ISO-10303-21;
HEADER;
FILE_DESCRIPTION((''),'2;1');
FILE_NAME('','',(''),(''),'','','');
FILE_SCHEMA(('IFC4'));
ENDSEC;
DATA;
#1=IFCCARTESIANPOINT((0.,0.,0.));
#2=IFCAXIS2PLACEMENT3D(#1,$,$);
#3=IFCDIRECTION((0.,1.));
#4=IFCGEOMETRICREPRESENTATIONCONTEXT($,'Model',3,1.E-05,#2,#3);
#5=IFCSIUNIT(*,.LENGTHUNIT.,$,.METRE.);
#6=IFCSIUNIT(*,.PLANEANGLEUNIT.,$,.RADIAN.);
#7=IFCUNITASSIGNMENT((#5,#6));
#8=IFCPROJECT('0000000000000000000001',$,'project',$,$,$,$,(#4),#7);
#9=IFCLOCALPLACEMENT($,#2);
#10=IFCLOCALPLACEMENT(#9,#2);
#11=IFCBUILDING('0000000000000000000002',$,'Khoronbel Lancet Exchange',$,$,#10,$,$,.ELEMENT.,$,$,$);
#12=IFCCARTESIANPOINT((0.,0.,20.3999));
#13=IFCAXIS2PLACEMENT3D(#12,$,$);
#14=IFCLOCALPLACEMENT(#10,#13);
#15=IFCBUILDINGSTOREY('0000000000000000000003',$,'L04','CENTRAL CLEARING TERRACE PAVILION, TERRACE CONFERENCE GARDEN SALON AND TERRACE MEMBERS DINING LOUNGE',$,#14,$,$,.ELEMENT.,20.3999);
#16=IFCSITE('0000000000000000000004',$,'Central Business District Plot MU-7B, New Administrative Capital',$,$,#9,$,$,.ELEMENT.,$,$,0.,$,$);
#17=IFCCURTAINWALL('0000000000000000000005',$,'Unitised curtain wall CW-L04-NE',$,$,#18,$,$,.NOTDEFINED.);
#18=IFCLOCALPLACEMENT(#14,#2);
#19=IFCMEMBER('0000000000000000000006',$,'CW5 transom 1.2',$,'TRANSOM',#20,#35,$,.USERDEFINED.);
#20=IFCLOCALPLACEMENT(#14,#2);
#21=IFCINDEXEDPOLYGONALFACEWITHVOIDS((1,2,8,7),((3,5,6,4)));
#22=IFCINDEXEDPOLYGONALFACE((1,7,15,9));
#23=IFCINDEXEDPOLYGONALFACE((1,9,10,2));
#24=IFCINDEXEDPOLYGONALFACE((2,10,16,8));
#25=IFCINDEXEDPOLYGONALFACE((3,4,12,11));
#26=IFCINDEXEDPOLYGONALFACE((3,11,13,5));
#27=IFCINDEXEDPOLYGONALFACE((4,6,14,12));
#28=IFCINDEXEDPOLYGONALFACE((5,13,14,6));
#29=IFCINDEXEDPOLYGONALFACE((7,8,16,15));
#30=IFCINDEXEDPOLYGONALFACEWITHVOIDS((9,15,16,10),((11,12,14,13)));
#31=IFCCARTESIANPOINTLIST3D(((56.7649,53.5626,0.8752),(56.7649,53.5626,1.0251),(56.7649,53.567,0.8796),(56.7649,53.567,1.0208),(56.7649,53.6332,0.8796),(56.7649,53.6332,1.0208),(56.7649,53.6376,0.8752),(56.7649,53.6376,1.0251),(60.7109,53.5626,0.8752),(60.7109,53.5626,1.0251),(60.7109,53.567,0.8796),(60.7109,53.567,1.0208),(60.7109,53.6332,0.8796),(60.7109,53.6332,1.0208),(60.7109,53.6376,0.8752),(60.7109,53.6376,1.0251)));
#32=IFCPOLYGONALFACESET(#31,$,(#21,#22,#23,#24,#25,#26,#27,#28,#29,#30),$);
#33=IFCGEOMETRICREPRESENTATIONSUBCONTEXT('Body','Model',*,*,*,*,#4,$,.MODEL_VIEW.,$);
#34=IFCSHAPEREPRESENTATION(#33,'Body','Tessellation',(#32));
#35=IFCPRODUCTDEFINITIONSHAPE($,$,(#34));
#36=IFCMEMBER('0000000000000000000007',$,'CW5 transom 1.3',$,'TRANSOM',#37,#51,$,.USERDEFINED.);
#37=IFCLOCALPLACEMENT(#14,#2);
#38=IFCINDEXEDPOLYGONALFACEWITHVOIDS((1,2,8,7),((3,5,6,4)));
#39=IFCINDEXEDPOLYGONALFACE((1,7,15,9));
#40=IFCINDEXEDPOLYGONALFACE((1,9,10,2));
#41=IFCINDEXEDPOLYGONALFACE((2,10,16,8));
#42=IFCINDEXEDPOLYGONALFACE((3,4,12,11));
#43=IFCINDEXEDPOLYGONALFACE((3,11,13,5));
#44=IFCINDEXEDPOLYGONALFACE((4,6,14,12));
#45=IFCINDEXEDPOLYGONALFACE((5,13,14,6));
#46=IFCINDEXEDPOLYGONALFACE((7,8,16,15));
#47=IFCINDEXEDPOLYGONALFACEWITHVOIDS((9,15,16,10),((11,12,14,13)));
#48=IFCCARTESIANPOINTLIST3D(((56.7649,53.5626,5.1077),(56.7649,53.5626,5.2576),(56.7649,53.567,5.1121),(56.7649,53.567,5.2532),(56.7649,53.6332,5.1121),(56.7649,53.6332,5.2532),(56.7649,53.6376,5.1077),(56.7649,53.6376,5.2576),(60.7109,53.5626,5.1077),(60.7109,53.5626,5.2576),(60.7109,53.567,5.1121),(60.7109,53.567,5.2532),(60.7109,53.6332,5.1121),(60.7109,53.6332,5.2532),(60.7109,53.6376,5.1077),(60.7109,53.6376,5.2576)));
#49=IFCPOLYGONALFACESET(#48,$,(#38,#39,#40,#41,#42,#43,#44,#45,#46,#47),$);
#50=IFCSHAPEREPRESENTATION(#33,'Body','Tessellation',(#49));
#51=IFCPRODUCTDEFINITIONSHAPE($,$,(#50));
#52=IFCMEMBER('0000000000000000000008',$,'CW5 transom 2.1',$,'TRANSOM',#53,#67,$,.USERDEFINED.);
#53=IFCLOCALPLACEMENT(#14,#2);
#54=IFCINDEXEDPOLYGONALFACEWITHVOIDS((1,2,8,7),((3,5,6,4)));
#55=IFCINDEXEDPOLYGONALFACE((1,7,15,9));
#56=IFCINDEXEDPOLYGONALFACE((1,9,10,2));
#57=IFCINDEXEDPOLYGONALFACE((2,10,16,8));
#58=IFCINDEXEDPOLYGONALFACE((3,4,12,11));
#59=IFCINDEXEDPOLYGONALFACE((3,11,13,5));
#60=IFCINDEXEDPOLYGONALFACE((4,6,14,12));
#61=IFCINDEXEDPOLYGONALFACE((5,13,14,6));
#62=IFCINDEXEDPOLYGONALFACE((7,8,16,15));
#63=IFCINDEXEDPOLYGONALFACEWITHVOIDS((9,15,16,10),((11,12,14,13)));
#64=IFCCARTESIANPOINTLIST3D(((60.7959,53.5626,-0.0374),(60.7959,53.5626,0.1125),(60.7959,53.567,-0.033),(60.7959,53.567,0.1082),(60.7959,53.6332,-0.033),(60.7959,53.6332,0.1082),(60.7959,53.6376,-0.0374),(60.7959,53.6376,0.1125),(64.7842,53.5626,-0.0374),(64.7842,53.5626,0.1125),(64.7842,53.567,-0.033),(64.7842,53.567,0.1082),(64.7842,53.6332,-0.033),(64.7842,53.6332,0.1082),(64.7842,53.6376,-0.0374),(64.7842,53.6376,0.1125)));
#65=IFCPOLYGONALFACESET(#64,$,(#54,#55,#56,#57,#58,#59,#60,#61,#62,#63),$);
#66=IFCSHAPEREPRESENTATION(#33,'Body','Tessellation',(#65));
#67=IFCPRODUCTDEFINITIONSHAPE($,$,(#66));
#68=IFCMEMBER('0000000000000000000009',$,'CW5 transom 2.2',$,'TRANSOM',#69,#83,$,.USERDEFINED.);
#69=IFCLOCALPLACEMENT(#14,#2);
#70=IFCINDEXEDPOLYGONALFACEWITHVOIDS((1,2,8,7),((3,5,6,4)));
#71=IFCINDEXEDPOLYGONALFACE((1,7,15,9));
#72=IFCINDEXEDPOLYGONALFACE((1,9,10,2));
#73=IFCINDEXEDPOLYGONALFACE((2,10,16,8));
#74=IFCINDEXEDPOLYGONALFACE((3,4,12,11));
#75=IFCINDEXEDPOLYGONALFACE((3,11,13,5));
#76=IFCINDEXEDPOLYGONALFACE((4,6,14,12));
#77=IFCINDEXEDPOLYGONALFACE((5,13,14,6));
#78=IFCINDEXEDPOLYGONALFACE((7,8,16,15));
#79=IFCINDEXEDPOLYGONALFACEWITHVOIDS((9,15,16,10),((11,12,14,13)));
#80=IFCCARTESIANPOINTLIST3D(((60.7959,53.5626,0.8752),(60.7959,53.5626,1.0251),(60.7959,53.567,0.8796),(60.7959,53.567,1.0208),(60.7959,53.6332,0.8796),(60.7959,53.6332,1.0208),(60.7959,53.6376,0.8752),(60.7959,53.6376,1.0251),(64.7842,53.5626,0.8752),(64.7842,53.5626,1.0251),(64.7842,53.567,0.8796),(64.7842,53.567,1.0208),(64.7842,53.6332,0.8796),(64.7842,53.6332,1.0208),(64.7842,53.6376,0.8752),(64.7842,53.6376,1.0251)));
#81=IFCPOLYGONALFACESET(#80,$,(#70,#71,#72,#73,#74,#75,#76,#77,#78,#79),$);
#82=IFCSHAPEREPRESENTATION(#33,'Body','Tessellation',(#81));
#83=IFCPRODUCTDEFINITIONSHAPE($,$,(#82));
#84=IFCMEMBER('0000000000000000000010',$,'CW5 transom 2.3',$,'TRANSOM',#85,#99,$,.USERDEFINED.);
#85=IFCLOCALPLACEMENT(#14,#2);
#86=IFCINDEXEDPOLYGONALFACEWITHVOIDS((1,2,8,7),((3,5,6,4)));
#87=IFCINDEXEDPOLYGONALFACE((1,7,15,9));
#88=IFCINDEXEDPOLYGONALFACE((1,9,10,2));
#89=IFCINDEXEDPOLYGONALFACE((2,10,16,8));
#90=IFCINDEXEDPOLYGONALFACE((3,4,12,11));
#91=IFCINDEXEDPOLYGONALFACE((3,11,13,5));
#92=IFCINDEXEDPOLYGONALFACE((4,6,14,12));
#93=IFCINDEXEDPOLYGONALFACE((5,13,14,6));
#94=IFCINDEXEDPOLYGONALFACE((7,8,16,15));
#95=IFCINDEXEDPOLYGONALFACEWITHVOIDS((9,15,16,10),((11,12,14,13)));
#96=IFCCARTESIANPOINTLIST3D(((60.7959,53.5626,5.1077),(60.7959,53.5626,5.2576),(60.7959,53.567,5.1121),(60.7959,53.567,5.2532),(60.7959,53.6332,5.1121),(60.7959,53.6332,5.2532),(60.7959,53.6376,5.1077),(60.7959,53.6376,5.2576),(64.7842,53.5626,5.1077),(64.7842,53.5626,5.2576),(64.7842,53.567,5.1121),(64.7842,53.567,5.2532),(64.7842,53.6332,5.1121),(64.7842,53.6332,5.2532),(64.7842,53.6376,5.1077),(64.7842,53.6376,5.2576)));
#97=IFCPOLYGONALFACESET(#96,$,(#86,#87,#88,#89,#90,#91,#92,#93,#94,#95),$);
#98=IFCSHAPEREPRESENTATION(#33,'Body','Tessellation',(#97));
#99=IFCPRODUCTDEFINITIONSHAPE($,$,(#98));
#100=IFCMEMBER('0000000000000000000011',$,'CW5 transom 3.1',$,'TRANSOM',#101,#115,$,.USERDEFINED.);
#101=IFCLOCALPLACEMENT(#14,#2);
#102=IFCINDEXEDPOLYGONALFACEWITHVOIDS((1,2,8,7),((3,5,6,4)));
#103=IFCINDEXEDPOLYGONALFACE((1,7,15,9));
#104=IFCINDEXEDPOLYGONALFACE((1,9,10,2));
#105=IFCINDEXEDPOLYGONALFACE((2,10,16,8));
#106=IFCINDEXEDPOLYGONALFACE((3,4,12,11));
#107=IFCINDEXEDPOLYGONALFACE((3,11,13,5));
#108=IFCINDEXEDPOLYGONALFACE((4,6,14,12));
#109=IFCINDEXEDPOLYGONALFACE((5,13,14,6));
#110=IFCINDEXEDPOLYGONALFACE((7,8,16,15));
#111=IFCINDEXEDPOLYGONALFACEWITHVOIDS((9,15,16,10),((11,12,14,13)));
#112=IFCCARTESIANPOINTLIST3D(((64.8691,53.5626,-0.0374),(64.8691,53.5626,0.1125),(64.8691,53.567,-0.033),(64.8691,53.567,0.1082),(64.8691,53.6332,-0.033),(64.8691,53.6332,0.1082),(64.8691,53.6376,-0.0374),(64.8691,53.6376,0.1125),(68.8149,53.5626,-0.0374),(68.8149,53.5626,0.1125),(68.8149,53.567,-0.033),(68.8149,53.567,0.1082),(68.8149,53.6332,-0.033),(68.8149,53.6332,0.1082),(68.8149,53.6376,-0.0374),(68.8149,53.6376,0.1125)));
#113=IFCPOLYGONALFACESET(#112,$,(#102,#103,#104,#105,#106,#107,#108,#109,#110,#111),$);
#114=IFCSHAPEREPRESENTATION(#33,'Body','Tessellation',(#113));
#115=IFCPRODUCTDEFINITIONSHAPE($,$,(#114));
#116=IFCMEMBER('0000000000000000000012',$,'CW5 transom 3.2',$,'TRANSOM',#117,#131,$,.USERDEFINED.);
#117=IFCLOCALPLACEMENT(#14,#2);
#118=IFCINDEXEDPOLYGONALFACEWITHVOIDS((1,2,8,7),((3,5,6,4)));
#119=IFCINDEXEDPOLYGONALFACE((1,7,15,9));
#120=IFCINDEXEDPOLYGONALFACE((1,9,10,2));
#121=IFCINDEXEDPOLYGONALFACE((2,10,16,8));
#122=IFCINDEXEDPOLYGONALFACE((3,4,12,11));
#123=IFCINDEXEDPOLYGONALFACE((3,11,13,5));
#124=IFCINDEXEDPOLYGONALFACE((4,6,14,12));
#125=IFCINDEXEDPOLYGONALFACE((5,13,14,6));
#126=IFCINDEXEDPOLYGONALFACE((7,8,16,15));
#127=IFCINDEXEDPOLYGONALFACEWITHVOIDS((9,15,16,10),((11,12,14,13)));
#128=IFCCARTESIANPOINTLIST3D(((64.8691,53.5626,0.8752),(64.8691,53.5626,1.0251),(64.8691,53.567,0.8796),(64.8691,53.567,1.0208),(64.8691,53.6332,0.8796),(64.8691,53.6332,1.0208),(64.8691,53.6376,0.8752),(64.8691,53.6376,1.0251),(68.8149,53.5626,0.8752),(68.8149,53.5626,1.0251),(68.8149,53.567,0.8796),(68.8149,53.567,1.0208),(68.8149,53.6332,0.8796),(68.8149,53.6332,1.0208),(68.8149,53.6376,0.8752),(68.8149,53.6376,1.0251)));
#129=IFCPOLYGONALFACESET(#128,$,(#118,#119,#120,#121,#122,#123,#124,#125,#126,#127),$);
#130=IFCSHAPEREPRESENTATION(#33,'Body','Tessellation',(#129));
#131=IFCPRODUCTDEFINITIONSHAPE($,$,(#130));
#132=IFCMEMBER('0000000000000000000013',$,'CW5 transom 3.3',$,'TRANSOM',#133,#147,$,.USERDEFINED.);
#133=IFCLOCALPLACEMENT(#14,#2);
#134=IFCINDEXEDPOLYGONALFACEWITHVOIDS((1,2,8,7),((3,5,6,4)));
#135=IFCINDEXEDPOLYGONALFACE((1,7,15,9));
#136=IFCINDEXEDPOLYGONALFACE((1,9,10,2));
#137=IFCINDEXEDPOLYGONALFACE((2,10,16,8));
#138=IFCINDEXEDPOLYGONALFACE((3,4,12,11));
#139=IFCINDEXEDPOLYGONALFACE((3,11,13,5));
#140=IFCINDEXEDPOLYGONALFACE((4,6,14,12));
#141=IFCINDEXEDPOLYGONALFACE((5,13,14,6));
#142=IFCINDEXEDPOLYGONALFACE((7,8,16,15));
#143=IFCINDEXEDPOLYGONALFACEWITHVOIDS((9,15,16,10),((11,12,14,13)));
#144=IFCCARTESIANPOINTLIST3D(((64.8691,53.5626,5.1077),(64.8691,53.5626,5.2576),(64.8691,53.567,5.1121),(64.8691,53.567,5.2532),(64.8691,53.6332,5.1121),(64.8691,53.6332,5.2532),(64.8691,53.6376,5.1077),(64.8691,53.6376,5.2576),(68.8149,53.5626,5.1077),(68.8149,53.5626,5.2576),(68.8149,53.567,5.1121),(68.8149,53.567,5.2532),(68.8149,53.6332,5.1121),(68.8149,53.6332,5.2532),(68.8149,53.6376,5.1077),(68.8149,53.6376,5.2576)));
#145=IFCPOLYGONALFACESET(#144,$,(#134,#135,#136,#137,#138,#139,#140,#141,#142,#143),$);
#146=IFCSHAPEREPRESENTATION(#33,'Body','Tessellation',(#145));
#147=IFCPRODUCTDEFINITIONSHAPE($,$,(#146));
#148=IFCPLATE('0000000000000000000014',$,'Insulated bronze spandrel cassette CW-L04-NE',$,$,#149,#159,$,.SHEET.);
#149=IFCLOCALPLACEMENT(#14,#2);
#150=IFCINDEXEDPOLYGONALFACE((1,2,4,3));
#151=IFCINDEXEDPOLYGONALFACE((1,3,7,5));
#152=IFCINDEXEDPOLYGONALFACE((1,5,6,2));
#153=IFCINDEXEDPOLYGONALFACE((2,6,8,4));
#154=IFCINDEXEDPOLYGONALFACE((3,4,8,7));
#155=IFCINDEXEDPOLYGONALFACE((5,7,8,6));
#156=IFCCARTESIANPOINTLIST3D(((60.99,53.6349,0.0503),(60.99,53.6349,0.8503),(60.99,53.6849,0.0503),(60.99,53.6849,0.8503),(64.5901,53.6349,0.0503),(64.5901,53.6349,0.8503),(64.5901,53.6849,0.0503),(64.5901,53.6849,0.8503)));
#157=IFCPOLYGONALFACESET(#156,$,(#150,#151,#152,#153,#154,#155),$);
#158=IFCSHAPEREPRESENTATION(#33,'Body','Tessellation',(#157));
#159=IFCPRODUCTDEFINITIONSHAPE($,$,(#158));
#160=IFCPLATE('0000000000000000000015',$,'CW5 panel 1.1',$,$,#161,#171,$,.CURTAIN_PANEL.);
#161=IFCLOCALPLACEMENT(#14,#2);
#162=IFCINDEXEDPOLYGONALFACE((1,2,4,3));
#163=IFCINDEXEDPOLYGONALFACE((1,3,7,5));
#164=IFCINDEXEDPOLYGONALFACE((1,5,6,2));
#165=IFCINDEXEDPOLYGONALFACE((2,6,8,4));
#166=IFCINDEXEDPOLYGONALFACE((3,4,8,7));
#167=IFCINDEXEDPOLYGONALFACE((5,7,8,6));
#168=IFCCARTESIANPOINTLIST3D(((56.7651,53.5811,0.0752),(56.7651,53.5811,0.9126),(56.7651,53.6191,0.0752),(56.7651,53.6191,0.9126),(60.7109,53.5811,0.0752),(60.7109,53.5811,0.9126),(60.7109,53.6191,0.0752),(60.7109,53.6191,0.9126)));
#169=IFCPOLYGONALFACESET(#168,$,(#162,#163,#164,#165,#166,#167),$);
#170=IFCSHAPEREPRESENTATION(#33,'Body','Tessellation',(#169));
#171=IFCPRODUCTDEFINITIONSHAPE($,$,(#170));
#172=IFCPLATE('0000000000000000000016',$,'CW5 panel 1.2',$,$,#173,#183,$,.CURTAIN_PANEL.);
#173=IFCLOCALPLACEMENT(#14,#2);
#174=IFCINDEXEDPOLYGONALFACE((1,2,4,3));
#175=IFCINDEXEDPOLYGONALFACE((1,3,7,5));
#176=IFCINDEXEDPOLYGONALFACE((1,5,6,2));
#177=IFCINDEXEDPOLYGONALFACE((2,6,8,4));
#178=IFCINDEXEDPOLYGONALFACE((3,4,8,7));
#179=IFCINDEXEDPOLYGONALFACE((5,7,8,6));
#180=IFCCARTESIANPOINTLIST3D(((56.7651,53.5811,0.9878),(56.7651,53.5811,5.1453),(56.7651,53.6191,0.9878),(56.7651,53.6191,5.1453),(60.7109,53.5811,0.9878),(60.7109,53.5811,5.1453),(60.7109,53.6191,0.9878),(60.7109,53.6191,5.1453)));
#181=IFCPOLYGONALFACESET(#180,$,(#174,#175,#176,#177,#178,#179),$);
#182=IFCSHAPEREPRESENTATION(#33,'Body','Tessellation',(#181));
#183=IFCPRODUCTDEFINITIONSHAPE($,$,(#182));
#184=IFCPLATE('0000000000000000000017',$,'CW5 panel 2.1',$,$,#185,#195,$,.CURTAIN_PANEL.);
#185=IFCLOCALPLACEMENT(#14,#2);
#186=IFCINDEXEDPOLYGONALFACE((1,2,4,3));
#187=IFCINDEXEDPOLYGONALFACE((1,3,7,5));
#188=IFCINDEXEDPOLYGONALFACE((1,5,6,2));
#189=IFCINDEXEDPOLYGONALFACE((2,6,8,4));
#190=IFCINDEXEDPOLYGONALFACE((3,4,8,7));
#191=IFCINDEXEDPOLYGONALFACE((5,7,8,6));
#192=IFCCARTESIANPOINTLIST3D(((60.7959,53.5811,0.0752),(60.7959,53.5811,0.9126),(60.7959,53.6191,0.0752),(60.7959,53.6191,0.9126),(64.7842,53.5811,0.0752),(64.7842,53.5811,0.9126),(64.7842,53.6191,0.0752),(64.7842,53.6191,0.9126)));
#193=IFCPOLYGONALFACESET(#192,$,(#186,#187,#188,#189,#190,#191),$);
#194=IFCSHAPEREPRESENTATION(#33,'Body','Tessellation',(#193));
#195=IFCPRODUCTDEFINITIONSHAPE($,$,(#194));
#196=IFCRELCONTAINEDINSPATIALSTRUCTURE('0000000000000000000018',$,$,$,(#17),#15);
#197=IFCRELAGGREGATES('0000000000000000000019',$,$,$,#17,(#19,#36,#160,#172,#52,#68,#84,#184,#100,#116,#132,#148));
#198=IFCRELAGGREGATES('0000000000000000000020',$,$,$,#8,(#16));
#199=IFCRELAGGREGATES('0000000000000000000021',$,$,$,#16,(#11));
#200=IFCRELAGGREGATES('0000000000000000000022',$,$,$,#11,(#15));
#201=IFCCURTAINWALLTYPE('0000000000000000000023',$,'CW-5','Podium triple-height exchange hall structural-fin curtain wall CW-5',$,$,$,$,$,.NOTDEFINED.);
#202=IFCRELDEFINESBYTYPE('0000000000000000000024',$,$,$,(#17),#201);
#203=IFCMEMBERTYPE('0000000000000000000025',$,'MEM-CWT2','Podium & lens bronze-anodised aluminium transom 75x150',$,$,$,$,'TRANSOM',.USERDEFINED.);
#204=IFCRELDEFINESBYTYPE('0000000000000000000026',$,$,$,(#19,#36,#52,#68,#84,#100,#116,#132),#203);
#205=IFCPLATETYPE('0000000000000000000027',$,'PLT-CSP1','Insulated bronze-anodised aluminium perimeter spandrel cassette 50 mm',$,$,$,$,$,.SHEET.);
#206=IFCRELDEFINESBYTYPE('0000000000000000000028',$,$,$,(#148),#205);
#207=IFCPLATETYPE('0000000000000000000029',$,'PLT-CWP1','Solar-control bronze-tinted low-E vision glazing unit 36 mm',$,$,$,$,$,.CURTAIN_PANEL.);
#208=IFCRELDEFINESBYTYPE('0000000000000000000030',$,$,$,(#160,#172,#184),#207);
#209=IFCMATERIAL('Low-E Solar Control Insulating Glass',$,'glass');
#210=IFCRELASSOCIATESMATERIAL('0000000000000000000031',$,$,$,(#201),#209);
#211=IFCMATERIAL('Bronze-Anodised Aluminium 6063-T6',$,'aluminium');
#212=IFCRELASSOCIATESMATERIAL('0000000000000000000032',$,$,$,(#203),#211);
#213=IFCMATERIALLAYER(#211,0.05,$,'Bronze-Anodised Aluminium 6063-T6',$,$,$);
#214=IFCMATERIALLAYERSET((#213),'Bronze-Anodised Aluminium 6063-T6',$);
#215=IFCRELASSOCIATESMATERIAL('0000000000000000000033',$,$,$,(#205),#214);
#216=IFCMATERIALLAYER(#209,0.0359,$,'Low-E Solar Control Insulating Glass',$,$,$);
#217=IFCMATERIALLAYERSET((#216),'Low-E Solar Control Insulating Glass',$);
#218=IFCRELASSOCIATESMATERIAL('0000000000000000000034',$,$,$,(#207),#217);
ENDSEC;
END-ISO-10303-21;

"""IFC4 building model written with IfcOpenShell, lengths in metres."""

from ifc_helpers import new_model, si_unit, direction, frame, origin, origin_2d, place, context, subcontext, project, spatial, rectangle, hollow_rectangle, extrude, material, layer, layer_set, material_profile, profile_set, type_object, element, aggregate, save


model = new_model("IFC4")

# Units and contexts
model_context = context("Model", 3, precision=1e-05, world=origin(), true_north=direction((0.0, 1.0)))
body_context = subcontext(model_context, "Body", "Model", "MODEL_VIEW")
ifc_project = project(units=[si_unit("LENGTHUNIT", "METRE"), si_unit("PLANEANGLEUNIT", "RADIAN")], contexts=[model_context])

# Site, building, storey
site_placement = place(None, origin())
site = spatial("IfcSite", under=ifc_project, at=site_placement, Name="Central Business District Plot MU-7B, New Administrative Capital", CompositionType="ELEMENT", RefElevation=0.0)
building_placement = place(site_placement, origin())
building = spatial("IfcBuilding", under=site, at=building_placement, Name="Khoronbel Lancet Exchange", CompositionType="ELEMENT")
storey_placement = place(building_placement, frame((0.0, 0.0, 20.3999)))
storey = spatial("IfcBuildingStorey", under=building, at=storey_placement, Name="L04", Description="CENTRAL CLEARING TERRACE PAVILION, TERRACE CONFERENCE GARDEN SALON AND TERRACE MEMBERS DINING LOUNGE", CompositionType="ELEMENT", Elevation=20.3999)

# Curtain wall, members, plates
ifc_material_1 = material(Name="Low-E Solar Control Insulating Glass", Category="glass")
curtain_wall_type = type_object("IfcCurtainWallType", Name="CW-5", Description="Podium triple-height exchange hall structural-fin curtain wall CW-5", PredefinedType="NOTDEFINED", material=ifc_material_1)
curtain_wall_placement = place(storey_placement, origin())
curtain_wall = element("IfcCurtainWall", 1, at=curtain_wall_placement, inside=storey, type_object=curtain_wall_type, Name="Unitised curtain wall CW-L04-NE", PredefinedType="NOTDEFINED")
ifc_material_2 = material(Name="Bronze-Anodised Aluminium 6063-T6", Category="aluminium")
ifc_material_profile_1 = material_profile(ifc_material_2, hollow_rectangle(XDim=0.075, YDim=0.1499, WallThickness=0.0044, at=origin_2d()), Name="ALU TRANSOM 75x150")
ifc_profile_set_1 = profile_set([ifc_material_profile_1], Name="Bronze-Anodised Aluminium 6063-T6")
member_type_1 = type_object("IfcMemberType", Name="MEM-CWT2", Description="Podium & lens bronze-anodised aluminium transom 75x150", ElementType="TRANSOM", PredefinedType="USERDEFINED", material=ifc_profile_set_1)
member_1_placement = place(storey_placement, frame((56.7649, 53.6001, 0.9502), z_axis=(1.0, 0.0, 0.0), x_axis=(0.0, 1.0, 0.0)))
member_1 = element("IfcMember", 2, at=member_1_placement, type_object=member_type_1, Name="CW5 transom 1.2", ObjectType="TRANSOM", PredefinedType="USERDEFINED", context=body_context, shape_type="SweptSolid", body=[
    extrude(hollow_rectangle(XDim=0.075, YDim=0.1499, WallThickness=0.0044, at=origin_2d()), origin(), (0.0, 0.0, 1.0), 3.946),
])
member_2_placement = place(storey_placement, frame((56.7649, 53.6001, 5.1826), z_axis=(1.0, 0.0, 0.0), x_axis=(0.0, 1.0, 0.0)))
member_2 = element("IfcMember", 3, at=member_2_placement, type_object=member_type_1, Name="CW5 transom 1.3", ObjectType="TRANSOM", PredefinedType="USERDEFINED", context=body_context, shape_type="SweptSolid", body=[
    extrude(hollow_rectangle(XDim=0.075, YDim=0.1499, WallThickness=0.0044, at=origin_2d()), origin(), (0.0, 0.0, 1.0), 3.946),
])
member_3_placement = place(storey_placement, frame((60.7959, 53.6001, 0.0376), z_axis=(1.0, 0.0, 0.0), x_axis=(0.0, 1.0, 0.0)))
member_3 = element("IfcMember", 4, at=member_3_placement, type_object=member_type_1, Name="CW5 transom 2.1", ObjectType="TRANSOM", PredefinedType="USERDEFINED", context=body_context, shape_type="SweptSolid", body=[
    extrude(hollow_rectangle(XDim=0.075, YDim=0.1499, WallThickness=0.0044, at=origin_2d()), origin(), (0.0, 0.0, 1.0), 3.9883),
])
member_4_placement = place(storey_placement, frame((60.7959, 53.6001, 0.9502), z_axis=(1.0, 0.0, 0.0), x_axis=(0.0, 1.0, 0.0)))
member_4 = element("IfcMember", 5, at=member_4_placement, type_object=member_type_1, Name="CW5 transom 2.2", ObjectType="TRANSOM", PredefinedType="USERDEFINED", context=body_context, shape_type="SweptSolid", body=[
    extrude(hollow_rectangle(XDim=0.075, YDim=0.1499, WallThickness=0.0044, at=origin_2d()), origin(), (0.0, 0.0, 1.0), 3.9883),
])
member_5_placement = place(storey_placement, frame((60.7959, 53.6001, 5.1826), z_axis=(1.0, 0.0, 0.0), x_axis=(0.0, 1.0, 0.0)))
member_5 = element("IfcMember", 6, at=member_5_placement, type_object=member_type_1, Name="CW5 transom 2.3", ObjectType="TRANSOM", PredefinedType="USERDEFINED", context=body_context, shape_type="SweptSolid", body=[
    extrude(hollow_rectangle(XDim=0.075, YDim=0.1499, WallThickness=0.0044, at=origin_2d()), origin(), (0.0, 0.0, 1.0), 3.9883),
])
member_6_placement = place(storey_placement, frame((64.8691, 53.6001, 0.0376), z_axis=(1.0, 0.0, 0.0), x_axis=(0.0, 1.0, 0.0)))
member_6 = element("IfcMember", 7, at=member_6_placement, type_object=member_type_1, Name="CW5 transom 3.1", ObjectType="TRANSOM", PredefinedType="USERDEFINED", context=body_context, shape_type="SweptSolid", body=[
    extrude(hollow_rectangle(XDim=0.075, YDim=0.1499, WallThickness=0.0044, at=origin_2d()), origin(), (0.0, 0.0, 1.0), 3.9458),
])
member_7_placement = place(storey_placement, frame((64.8691, 53.6001, 0.9502), z_axis=(1.0, 0.0, 0.0), x_axis=(0.0, 1.0, 0.0)))
member_7 = element("IfcMember", 8, at=member_7_placement, type_object=member_type_1, Name="CW5 transom 3.2", ObjectType="TRANSOM", PredefinedType="USERDEFINED", context=body_context, shape_type="SweptSolid", body=[
    extrude(hollow_rectangle(XDim=0.075, YDim=0.1499, WallThickness=0.0044, at=origin_2d()), origin(), (0.0, 0.0, 1.0), 3.9458),
])
member_8_placement = place(storey_placement, frame((64.8691, 53.6001, 5.1826), z_axis=(1.0, 0.0, 0.0), x_axis=(0.0, 1.0, 0.0)))
member_8 = element("IfcMember", 9, at=member_8_placement, type_object=member_type_1, Name="CW5 transom 3.3", ObjectType="TRANSOM", PredefinedType="USERDEFINED", context=body_context, shape_type="SweptSolid", body=[
    extrude(hollow_rectangle(XDim=0.075, YDim=0.1499, WallThickness=0.0044, at=origin_2d()), origin(), (0.0, 0.0, 1.0), 3.9458),
])
ifc_layer_1 = layer(ifc_material_2, 0.05, Name="Bronze-Anodised Aluminium 6063-T6")
ifc_layer_set_1 = layer_set([ifc_layer_1], Name="Bronze-Anodised Aluminium 6063-T6")
plate_type_1 = type_object("IfcPlateType", Name="PLT-CSP1", Description="Insulated bronze-anodised aluminium perimeter spandrel cassette 50 mm", PredefinedType="SHEET", material=ifc_layer_set_1)
plate_1_placement = place(storey_placement, frame((62.79, 53.6599, 0.0503), z_axis=(0.0, 0.0, 1.0), x_axis=(1.0, 0.0, 0.0)))
plate_1 = element("IfcPlate", 10, at=plate_1_placement, type_object=plate_type_1, Name="Insulated bronze spandrel cassette CW-L04-NE", PredefinedType="SHEET", context=body_context, shape_type="SweptSolid", body=[
    extrude(rectangle(XDim=3.6001, YDim=0.05, at=origin_2d()), origin(), (0.0, 0.0, 1.0), 0.8),
])
ifc_layer_2 = layer(ifc_material_1, 0.0359, Name="Low-E Solar Control Insulating Glass")
ifc_layer_set_2 = layer_set([ifc_layer_2], Name="Low-E Solar Control Insulating Glass")
plate_type_2 = type_object("IfcPlateType", Name="PLT-CWP1", Description="Solar-control bronze-tinted low-E vision glazing unit 36 mm", PredefinedType="CURTAIN_PANEL", material=ifc_layer_set_2)
plate_2_placement = place(storey_placement, frame((58.738, 53.6001, 0.0752), z_axis=(0.0, 0.0, 1.0), x_axis=(1.0, 0.0, 0.0)))
plate_2 = element("IfcPlate", 11, at=plate_2_placement, type_object=plate_type_2, Name="CW5 panel 1.1", PredefinedType="CURTAIN_PANEL", context=body_context, shape_type="SweptSolid", body=[
    extrude(rectangle(XDim=3.9458, YDim=0.0381, at=origin_2d()), origin(), (0.0, 0.0, 1.0), 0.8374),
])
plate_3_placement = place(storey_placement, frame((58.738, 53.6001, 0.9878), z_axis=(0.0, 0.0, 1.0), x_axis=(1.0, 0.0, 0.0)))
plate_3 = element("IfcPlate", 12, at=plate_3_placement, type_object=plate_type_2, Name="CW5 panel 1.2", PredefinedType="CURTAIN_PANEL", context=body_context, shape_type="SweptSolid", body=[
    extrude(rectangle(XDim=3.9458, YDim=0.0381, at=origin_2d()), origin(), (0.0, 0.0, 1.0), 4.1575),
])
plate_4_placement = place(storey_placement, frame((62.79, 53.6001, 0.0752), z_axis=(0.0, 0.0, 1.0), x_axis=(1.0, 0.0, 0.0)))
plate_4 = element("IfcPlate", 13, at=plate_4_placement, type_object=plate_type_2, Name="CW5 panel 2.1", PredefinedType="CURTAIN_PANEL", context=body_context, shape_type="SweptSolid", body=[
    extrude(rectangle(XDim=3.9883, YDim=0.0381, at=origin_2d()), origin(), (0.0, 0.0, 1.0), 0.8374),
])
aggregate(curtain_wall, [member_1, member_2, plate_2, plate_3, member_3, member_4, member_5, plate_4, member_6, member_7, member_8, plate_1])

save(model, "model.ifc")
